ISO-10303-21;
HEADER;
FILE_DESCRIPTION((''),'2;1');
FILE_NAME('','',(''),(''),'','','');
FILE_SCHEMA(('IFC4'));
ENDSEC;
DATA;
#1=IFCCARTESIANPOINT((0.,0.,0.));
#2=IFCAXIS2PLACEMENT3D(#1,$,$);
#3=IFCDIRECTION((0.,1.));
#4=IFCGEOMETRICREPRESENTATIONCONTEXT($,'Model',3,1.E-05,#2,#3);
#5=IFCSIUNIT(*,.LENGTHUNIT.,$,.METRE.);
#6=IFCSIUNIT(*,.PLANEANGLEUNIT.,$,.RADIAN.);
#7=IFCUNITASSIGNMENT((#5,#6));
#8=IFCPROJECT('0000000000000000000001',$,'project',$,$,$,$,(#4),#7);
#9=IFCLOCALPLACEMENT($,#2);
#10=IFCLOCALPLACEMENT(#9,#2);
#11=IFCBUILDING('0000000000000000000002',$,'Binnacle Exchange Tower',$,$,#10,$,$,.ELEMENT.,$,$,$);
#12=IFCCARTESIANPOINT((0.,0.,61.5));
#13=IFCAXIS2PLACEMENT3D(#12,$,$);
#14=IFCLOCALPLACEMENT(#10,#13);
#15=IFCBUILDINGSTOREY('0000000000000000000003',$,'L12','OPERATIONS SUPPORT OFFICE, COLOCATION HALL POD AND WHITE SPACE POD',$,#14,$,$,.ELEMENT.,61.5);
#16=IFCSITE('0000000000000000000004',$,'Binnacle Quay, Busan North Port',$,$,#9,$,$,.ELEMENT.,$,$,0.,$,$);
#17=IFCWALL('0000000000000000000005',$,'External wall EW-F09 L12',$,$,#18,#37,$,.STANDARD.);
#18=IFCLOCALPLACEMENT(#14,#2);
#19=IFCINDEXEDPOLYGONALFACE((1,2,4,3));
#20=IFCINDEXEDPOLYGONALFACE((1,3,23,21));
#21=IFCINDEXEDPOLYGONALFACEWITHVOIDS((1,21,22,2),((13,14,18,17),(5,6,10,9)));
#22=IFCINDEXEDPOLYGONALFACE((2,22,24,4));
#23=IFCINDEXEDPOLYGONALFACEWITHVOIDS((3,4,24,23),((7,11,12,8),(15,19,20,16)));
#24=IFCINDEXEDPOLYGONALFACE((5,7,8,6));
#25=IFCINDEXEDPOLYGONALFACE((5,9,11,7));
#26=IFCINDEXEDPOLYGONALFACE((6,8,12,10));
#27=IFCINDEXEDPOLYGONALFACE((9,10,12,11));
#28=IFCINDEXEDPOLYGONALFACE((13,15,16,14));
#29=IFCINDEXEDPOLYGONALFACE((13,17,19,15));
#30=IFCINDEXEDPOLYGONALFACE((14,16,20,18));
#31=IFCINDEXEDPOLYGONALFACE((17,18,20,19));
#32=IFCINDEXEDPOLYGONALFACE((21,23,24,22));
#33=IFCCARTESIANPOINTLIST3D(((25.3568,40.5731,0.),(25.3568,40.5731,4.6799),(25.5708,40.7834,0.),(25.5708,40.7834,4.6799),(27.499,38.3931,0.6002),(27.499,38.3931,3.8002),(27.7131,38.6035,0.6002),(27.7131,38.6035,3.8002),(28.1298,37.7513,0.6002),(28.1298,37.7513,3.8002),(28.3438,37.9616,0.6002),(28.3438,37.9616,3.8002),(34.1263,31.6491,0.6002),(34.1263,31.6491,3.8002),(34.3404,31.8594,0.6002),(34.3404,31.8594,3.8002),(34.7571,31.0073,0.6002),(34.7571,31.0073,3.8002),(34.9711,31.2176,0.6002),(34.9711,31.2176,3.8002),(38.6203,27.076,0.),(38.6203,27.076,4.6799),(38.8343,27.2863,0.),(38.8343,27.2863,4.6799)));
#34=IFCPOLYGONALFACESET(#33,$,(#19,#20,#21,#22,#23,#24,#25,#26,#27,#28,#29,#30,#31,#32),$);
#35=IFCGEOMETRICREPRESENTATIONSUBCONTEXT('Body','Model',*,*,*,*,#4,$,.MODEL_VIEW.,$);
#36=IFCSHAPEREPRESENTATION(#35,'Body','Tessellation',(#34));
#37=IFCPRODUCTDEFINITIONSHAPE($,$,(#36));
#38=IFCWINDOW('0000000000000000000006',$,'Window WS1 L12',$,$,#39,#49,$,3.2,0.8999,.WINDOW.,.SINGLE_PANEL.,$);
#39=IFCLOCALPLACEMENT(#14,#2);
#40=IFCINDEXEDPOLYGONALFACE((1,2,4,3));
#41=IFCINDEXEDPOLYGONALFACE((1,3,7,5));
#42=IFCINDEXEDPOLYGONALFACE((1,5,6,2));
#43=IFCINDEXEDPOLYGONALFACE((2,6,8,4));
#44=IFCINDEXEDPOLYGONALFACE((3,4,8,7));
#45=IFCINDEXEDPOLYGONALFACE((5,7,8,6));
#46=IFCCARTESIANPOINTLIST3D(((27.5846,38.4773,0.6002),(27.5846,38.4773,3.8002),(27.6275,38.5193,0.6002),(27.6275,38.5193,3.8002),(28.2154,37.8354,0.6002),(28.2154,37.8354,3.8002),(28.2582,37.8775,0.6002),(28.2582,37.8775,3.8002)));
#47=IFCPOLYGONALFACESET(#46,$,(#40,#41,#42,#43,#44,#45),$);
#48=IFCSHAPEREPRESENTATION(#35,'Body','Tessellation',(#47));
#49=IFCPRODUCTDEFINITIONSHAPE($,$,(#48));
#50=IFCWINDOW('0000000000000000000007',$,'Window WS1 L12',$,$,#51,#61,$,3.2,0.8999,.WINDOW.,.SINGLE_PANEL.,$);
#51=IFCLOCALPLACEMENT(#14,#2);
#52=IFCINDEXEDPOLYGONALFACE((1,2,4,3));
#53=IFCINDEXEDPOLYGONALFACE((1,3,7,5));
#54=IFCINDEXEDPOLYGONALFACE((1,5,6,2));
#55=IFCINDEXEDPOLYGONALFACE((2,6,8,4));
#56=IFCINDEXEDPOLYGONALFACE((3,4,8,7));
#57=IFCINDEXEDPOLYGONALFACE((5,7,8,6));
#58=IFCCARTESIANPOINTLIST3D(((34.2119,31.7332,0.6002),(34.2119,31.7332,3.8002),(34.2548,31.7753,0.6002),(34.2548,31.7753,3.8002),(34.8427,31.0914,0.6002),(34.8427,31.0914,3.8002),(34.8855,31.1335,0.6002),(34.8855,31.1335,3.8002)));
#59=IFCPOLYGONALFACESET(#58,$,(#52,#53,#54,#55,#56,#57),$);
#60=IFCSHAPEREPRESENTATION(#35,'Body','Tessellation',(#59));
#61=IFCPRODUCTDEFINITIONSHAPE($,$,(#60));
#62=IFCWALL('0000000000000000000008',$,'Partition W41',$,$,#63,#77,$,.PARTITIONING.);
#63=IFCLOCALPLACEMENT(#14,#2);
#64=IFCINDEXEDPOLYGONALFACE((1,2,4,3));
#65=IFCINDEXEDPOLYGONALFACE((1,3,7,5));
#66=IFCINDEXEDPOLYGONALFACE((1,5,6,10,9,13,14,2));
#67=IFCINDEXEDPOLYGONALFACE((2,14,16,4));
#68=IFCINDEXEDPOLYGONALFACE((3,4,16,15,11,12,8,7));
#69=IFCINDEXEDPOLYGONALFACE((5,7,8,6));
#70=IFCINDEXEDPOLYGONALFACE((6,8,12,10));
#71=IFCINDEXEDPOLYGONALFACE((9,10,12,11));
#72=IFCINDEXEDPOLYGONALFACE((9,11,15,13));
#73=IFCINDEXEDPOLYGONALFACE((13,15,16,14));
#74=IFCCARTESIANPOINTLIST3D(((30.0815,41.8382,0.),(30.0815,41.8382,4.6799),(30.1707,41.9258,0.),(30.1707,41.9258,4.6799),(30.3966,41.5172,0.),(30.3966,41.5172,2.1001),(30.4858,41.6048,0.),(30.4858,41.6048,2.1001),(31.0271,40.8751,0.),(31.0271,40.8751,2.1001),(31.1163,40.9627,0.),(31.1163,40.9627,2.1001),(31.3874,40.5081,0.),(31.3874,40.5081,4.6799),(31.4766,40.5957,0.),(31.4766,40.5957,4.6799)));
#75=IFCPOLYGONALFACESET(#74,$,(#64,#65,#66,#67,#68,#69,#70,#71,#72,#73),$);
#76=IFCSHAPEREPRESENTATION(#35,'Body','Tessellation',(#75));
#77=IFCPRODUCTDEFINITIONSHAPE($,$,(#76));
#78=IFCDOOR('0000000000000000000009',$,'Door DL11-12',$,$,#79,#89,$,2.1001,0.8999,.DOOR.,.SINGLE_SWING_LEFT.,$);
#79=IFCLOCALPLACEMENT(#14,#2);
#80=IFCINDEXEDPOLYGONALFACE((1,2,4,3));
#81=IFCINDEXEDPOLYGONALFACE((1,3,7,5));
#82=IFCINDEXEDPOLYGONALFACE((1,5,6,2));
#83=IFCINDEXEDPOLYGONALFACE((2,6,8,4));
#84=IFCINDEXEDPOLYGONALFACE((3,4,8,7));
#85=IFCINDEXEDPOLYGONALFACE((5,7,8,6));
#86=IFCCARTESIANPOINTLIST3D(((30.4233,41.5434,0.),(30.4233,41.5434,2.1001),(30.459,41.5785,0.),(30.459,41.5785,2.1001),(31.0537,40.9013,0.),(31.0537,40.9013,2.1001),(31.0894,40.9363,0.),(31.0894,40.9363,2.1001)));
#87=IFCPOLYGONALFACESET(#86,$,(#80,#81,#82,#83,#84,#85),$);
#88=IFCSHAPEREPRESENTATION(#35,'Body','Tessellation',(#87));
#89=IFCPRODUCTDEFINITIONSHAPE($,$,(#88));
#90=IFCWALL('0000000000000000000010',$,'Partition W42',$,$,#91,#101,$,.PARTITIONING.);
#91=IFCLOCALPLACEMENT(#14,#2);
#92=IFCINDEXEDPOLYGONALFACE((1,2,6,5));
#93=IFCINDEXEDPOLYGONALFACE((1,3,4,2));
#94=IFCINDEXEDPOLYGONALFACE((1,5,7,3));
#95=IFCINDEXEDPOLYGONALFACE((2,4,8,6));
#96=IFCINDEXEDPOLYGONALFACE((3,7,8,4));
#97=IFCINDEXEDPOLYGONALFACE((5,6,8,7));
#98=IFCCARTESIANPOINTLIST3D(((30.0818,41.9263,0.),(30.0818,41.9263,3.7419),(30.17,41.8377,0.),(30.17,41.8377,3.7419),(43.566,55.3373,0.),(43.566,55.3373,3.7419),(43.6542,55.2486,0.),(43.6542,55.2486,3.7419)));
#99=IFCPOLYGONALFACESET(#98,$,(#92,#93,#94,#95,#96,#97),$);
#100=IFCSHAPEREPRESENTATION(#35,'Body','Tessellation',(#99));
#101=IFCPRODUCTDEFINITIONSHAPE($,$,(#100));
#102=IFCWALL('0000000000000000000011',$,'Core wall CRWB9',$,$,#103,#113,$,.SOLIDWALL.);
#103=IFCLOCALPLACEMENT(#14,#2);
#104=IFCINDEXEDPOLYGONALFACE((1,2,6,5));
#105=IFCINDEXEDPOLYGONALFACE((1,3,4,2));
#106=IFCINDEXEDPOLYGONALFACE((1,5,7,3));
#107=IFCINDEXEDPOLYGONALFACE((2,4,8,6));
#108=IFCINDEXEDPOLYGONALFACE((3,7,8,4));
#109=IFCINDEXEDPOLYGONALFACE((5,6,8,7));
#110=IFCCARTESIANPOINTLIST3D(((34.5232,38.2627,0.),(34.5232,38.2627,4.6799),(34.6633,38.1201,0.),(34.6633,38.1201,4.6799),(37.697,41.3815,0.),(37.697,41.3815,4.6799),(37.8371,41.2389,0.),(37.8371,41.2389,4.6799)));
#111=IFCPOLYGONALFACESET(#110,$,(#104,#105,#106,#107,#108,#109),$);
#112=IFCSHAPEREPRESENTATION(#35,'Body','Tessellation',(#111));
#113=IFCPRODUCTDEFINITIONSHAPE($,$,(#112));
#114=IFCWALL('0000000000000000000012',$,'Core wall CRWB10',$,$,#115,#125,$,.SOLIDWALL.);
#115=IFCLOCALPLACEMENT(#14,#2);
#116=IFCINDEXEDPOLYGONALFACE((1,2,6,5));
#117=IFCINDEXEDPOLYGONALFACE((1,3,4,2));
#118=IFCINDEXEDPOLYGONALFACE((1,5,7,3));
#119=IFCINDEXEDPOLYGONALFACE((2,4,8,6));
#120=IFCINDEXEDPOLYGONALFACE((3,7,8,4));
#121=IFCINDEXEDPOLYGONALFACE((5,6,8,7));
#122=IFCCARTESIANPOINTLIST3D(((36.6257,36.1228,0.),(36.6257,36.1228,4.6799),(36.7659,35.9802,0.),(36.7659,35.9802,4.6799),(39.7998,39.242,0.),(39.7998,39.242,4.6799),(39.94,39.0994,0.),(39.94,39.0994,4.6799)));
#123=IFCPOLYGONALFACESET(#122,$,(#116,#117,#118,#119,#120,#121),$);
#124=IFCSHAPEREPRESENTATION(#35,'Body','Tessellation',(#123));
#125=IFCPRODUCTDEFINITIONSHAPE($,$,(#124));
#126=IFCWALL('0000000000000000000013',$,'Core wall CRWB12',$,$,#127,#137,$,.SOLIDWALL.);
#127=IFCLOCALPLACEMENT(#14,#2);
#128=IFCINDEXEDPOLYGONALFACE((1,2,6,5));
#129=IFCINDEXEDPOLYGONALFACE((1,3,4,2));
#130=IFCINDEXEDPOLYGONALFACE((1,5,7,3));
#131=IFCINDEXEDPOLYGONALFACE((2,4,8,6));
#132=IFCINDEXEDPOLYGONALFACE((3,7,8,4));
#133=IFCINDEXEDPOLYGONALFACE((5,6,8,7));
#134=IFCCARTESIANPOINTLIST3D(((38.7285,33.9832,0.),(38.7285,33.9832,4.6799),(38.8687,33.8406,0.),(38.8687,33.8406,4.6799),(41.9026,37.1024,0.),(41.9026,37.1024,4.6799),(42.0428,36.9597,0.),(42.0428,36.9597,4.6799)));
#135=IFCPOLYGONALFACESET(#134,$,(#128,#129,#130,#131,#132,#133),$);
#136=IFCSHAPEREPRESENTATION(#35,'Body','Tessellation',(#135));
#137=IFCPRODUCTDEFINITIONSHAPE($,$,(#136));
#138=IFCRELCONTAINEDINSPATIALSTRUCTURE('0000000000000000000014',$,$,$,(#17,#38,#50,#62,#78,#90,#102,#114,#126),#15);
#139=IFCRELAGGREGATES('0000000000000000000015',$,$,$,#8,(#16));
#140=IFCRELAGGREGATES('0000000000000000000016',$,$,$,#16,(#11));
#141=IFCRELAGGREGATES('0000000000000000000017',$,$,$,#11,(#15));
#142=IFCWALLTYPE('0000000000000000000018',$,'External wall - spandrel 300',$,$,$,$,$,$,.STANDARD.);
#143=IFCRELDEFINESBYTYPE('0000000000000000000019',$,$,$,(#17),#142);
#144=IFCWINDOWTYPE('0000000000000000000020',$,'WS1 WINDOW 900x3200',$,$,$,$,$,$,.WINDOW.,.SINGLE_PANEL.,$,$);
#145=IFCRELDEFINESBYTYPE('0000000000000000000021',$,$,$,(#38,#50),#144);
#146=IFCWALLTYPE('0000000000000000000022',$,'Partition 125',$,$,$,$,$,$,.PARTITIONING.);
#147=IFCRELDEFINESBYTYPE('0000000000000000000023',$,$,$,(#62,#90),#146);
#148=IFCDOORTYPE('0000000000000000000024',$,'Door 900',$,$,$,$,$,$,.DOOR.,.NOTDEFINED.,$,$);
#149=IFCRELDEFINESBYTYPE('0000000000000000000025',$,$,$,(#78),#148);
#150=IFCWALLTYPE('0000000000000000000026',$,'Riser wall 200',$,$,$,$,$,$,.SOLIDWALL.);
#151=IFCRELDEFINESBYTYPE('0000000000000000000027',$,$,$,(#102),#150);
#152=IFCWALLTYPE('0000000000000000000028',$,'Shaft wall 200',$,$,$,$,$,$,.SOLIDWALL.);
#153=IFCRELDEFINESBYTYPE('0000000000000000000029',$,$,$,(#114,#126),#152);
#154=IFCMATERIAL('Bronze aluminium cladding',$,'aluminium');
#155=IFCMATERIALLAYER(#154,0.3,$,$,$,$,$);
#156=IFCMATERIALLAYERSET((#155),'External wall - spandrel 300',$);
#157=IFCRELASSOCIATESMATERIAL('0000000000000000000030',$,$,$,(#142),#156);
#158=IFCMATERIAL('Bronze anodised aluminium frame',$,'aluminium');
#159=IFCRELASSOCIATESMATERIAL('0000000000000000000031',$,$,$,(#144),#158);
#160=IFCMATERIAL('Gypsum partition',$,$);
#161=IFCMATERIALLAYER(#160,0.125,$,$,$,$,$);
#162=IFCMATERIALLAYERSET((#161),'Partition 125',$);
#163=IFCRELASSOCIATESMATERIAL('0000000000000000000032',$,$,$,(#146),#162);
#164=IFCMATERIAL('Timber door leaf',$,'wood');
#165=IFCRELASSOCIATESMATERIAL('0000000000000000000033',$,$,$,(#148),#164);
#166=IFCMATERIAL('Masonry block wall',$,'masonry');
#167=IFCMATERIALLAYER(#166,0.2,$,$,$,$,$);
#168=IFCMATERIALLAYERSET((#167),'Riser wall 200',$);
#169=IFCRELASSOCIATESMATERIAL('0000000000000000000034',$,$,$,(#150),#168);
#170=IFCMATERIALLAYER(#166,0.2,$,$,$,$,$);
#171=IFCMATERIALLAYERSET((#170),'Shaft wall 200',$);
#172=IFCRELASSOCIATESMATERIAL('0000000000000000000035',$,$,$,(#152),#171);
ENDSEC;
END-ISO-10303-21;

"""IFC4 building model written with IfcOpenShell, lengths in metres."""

from ifc_helpers import new_model, si_unit, direction, frame, frame_2d, origin, place, context, subcontext, project, spatial, rectangle, extrude, material, layer, layer_set, type_object, element, fill, save


model = new_model("IFC4")

# Units and contexts
model_context = context("Model", 3, precision=1e-05, world=origin(), true_north=direction((0.0, 1.0)))
body_context = subcontext(model_context, "Body", "Model", "MODEL_VIEW")
ifc_project = project(units=[si_unit("LENGTHUNIT", "METRE"), si_unit("PLANEANGLEUNIT", "RADIAN")], contexts=[model_context])

# Site, building, storey
site_placement = place(None, origin())
site = spatial("IfcSite", under=ifc_project, at=site_placement, Name="Binnacle Quay, Busan North Port", CompositionType="ELEMENT", RefElevation=0.0)
building_placement = place(site_placement, origin())
building = spatial("IfcBuilding", under=site, at=building_placement, Name="Binnacle Exchange Tower", CompositionType="ELEMENT")
storey_placement = place(building_placement, frame((0.0, 0.0, 61.5)))
storey = spatial("IfcBuildingStorey", under=building, at=storey_placement, Name="L12", Description="OPERATIONS SUPPORT OFFICE, COLOCATION HALL POD AND WHITE SPACE POD", CompositionType="ELEMENT", Elevation=61.5)

# Wall, openings, windows
ifc_material_1 = material(Name="Bronze aluminium cladding", Category="aluminium")
ifc_layer_1 = layer(ifc_material_1, 0.3)
ifc_layer_set_1 = layer_set([ifc_layer_1], Name="External wall - spandrel 300")
wall_type_1 = type_object("IfcWallType", Name="External wall - spandrel 300", PredefinedType="STANDARD", material=ifc_layer_set_1)
wall_1_placement = place(storey_placement, frame((38.7273, 27.1812, 0.0), z_axis=(0.0, 0.0, 1.0), x_axis=(-0.700906, 0.713253, 0.0)))
wall_1 = element("IfcWall", 1, at=wall_1_placement, inside=storey, type_object=wall_type_1, Name="External wall EW-F09 L12", PredefinedType="STANDARD", context=body_context, shape_type="SweptSolid", body=[
    extrude(rectangle(XDim=18.9233, YDim=0.3, at=frame_2d((9.4617, 0.0))), origin(), (0.0, 0.0, 1.0), 4.6799),
])
opening_1_placement = place(wall_1_placement, frame((14.967, 0.0, 0.6001)))
opening_1 = element("IfcOpeningElement", 2, at=opening_1_placement, cuts=wall_1, PredefinedType="OPENING", context=body_context, shape_type="SweptSolid", body=[
    extrude(rectangle(XDim=0.8999, YDim=3.2, at=frame_2d((0.45, 1.6001))), frame((0.0, 0.1599, 0.0), z_axis=(0.0, -1.0, 0.0), x_axis=(1.0, 0.0, 0.0)), (0.0, 0.0, 1.0), 0.3201),
])
opening_2_placement = place(wall_1_placement, frame((5.5117, 0.0, 0.6001)))
opening_2 = element("IfcOpeningElement", 3, at=opening_2_placement, cuts=wall_1, PredefinedType="OPENING", context=body_context, shape_type="SweptSolid", body=[
    extrude(rectangle(XDim=0.8999, YDim=3.2, at=frame_2d((0.45, 1.6001))), frame((0.0, 0.1599, 0.0), z_axis=(0.0, -1.0, 0.0), x_axis=(1.0, 0.0, 0.0)), (0.0, 0.0, 1.0), 0.3201),
])
ifc_material_2 = material(Name="Bronze anodised aluminium frame", Category="aluminium")
window_type = type_object("IfcWindowType", Name="WS1 WINDOW 900x3200", PartitioningType="SINGLE_PANEL", PredefinedType="WINDOW", material=ifc_material_2)
window_1_placement = place(opening_1_placement, origin())
window_1 = element("IfcWindow", 4, at=window_1_placement, inside=storey, type_object=window_type, Name="Window WS1 L12", OverallHeight=3.2, OverallWidth=0.8999, PartitioningType="SINGLE_PANEL", PredefinedType="WINDOW", context=body_context, shape_type="SweptSolid", body=[
    extrude(rectangle(XDim=0.8999, YDim=3.2, at=frame_2d((0.45, 1.6001))), frame((0.0, 0.03, 0.0), z_axis=(0.0, -1.0, 0.0), x_axis=(1.0, 0.0, 0.0)), (0.0, 0.0, 1.0), 0.0601),
])
fill(opening_1, window_1)
window_2_placement = place(opening_2_placement, origin())
window_2 = element("IfcWindow", 5, at=window_2_placement, inside=storey, type_object=window_type, Name="Window WS1 L12", OverallHeight=3.2, OverallWidth=0.8999, PartitioningType="SINGLE_PANEL", PredefinedType="WINDOW", context=body_context, shape_type="SweptSolid", body=[
    extrude(rectangle(XDim=0.8999, YDim=3.2, at=frame_2d((0.45, 1.6001))), frame((0.0, 0.03, 0.0), z_axis=(0.0, -1.0, 0.0), x_axis=(1.0, 0.0, 0.0)), (0.0, 0.0, 1.0), 0.0601),
])
fill(opening_2, window_2)

# Wall, opening, door
ifc_material_3 = material(Name="Gypsum partition")
ifc_layer_2 = layer(ifc_material_3, 0.125)
ifc_layer_set_2 = layer_set([ifc_layer_2], Name="Partition 125")
wall_type_2 = type_object("IfcWallType", Name="Partition 125", PredefinedType="PARTITIONING", material=ifc_layer_set_2)
wall_2_placement = place(storey_placement, frame((30.126, 41.8821, 0.0), z_axis=(0.0, 0.0, 1.0), x_axis=(0.700594, -0.71356, 0.0)))
wall_2 = element("IfcWall", 6, at=wall_2_placement, inside=storey, type_object=wall_type_2, Name="Partition W41", PredefinedType="PARTITIONING", context=body_context, shape_type="SweptSolid", body=[
    extrude(rectangle(XDim=1.864, YDim=0.125, at=frame_2d((0.9321, 0.0))), origin(), (0.0, 0.0, 1.0), 4.6799),
])
opening_3_placement = place(wall_2_placement, frame((0.45, 0.0, 0.0)))
opening_3 = element("IfcOpeningElement", 7, at=opening_3_placement, cuts=wall_2, PredefinedType="OPENING", context=body_context, shape_type="SweptSolid", body=[
    extrude(rectangle(XDim=0.8999, YDim=2.1001, at=frame_2d((0.45, 1.05))), frame((0.0, 0.0725, 0.0), z_axis=(0.0, -1.0, 0.0), x_axis=(1.0, 0.0, 0.0)), (0.0, 0.0, 1.0), 0.145),
])
ifc_material_4 = material(Name="Timber door leaf", Category="wood")
door_type_1 = type_object("IfcDoorType", Name="Door 900", OperationType="NOTDEFINED", PredefinedType="DOOR", material=ifc_material_4)
door_1_placement = place(opening_3_placement, origin())
door_1 = element("IfcDoor", 8, at=door_1_placement, inside=storey, type_object=door_type_1, Name="Door DL11-12", OperationType="SINGLE_SWING_LEFT", OverallHeight=2.1001, OverallWidth=0.8999, PredefinedType="DOOR", context=body_context, shape_type="SweptSolid", body=[
    extrude(rectangle(XDim=0.8999, YDim=2.1001, at=frame_2d((0.45, 1.05))), frame((0.0, 0.0249, 0.0), z_axis=(0.0, -1.0, 0.0), x_axis=(1.0, 0.0, 0.0)), (0.0, 0.0, 1.0), 0.05),
])
fill(opening_3, door_1)

# Walls
wall_3_placement = place(storey_placement, frame((30.126, 41.8821, 0.0), z_axis=(0.0, 0.0, 1.0), x_axis=(0.70903, 0.705179, 0.0)))
element("IfcWall", 9, at=wall_3_placement, inside=storey, type_object=wall_type_2, Name="Partition W42", PredefinedType="PARTITIONING", context=body_context, shape_type="SweptSolid", body=[
    extrude(rectangle(XDim=19.0178, YDim=0.125, at=frame_2d((9.5088, 0.0))), origin(), (0.0, 0.0, 1.0), 3.7419),
])
ifc_material_5 = material(Name="Masonry block wall", Category="masonry")
ifc_layer_3 = layer(ifc_material_5, 0.2)
ifc_layer_set_3 = layer_set([ifc_layer_3], Name="Riser wall 200")
wall_type_3 = type_object("IfcWallType", Name="Riser wall 200", PredefinedType="SOLIDWALL", material=ifc_layer_set_3)
wall_4_placement = place(storey_placement, frame((34.5933, 38.1914, 0.0), z_axis=(0.0, 0.0, 1.0), x_axis=(0.713252, 0.700907, 0.0)))
element("IfcWall", 10, at=wall_4_placement, inside=storey, type_object=wall_type_3, Name="Core wall CRWB9", PredefinedType="SOLIDWALL", context=body_context, shape_type="SweptSolid", body=[
    extrude(rectangle(XDim=4.4497, YDim=0.2, at=frame_2d((2.2249, 0.0))), origin(), (0.0, 0.0, 1.0), 4.6799),
])
ifc_layer_4 = layer(ifc_material_5, 0.2)
ifc_layer_set_4 = layer_set([ifc_layer_4], Name="Shaft wall 200")
wall_type_4 = type_object("IfcWallType", Name="Shaft wall 200", PredefinedType="SOLIDWALL", material=ifc_layer_set_4)
for number, where, z_axis, x_axis, name in (
    (11, (36.6958, 36.0515, 0.0), (0.0, 0.0, 1.0), (0.713252, 0.700908, 0.0), "Core wall CRWB10"),
    (12, (38.7986, 33.9119, 0.0), (0.0, 0.0, 1.0), (0.713252, 0.700908, 0.0), "Core wall CRWB12"),
):
    element("IfcWall", number, at=place(storey_placement, frame(where, z_axis=z_axis, x_axis=x_axis)), inside=storey, type_object=wall_type_4, Name=name, PredefinedType="SOLIDWALL", context=body_context, shape_type="SweptSolid", body=[
        extrude(rectangle(XDim=4.4502, YDim=0.2, at=frame_2d((2.2251, 0.0))), origin(), (0.0, 0.0, 1.0), 4.6799),
    ])

save(model, "model.ifc")
